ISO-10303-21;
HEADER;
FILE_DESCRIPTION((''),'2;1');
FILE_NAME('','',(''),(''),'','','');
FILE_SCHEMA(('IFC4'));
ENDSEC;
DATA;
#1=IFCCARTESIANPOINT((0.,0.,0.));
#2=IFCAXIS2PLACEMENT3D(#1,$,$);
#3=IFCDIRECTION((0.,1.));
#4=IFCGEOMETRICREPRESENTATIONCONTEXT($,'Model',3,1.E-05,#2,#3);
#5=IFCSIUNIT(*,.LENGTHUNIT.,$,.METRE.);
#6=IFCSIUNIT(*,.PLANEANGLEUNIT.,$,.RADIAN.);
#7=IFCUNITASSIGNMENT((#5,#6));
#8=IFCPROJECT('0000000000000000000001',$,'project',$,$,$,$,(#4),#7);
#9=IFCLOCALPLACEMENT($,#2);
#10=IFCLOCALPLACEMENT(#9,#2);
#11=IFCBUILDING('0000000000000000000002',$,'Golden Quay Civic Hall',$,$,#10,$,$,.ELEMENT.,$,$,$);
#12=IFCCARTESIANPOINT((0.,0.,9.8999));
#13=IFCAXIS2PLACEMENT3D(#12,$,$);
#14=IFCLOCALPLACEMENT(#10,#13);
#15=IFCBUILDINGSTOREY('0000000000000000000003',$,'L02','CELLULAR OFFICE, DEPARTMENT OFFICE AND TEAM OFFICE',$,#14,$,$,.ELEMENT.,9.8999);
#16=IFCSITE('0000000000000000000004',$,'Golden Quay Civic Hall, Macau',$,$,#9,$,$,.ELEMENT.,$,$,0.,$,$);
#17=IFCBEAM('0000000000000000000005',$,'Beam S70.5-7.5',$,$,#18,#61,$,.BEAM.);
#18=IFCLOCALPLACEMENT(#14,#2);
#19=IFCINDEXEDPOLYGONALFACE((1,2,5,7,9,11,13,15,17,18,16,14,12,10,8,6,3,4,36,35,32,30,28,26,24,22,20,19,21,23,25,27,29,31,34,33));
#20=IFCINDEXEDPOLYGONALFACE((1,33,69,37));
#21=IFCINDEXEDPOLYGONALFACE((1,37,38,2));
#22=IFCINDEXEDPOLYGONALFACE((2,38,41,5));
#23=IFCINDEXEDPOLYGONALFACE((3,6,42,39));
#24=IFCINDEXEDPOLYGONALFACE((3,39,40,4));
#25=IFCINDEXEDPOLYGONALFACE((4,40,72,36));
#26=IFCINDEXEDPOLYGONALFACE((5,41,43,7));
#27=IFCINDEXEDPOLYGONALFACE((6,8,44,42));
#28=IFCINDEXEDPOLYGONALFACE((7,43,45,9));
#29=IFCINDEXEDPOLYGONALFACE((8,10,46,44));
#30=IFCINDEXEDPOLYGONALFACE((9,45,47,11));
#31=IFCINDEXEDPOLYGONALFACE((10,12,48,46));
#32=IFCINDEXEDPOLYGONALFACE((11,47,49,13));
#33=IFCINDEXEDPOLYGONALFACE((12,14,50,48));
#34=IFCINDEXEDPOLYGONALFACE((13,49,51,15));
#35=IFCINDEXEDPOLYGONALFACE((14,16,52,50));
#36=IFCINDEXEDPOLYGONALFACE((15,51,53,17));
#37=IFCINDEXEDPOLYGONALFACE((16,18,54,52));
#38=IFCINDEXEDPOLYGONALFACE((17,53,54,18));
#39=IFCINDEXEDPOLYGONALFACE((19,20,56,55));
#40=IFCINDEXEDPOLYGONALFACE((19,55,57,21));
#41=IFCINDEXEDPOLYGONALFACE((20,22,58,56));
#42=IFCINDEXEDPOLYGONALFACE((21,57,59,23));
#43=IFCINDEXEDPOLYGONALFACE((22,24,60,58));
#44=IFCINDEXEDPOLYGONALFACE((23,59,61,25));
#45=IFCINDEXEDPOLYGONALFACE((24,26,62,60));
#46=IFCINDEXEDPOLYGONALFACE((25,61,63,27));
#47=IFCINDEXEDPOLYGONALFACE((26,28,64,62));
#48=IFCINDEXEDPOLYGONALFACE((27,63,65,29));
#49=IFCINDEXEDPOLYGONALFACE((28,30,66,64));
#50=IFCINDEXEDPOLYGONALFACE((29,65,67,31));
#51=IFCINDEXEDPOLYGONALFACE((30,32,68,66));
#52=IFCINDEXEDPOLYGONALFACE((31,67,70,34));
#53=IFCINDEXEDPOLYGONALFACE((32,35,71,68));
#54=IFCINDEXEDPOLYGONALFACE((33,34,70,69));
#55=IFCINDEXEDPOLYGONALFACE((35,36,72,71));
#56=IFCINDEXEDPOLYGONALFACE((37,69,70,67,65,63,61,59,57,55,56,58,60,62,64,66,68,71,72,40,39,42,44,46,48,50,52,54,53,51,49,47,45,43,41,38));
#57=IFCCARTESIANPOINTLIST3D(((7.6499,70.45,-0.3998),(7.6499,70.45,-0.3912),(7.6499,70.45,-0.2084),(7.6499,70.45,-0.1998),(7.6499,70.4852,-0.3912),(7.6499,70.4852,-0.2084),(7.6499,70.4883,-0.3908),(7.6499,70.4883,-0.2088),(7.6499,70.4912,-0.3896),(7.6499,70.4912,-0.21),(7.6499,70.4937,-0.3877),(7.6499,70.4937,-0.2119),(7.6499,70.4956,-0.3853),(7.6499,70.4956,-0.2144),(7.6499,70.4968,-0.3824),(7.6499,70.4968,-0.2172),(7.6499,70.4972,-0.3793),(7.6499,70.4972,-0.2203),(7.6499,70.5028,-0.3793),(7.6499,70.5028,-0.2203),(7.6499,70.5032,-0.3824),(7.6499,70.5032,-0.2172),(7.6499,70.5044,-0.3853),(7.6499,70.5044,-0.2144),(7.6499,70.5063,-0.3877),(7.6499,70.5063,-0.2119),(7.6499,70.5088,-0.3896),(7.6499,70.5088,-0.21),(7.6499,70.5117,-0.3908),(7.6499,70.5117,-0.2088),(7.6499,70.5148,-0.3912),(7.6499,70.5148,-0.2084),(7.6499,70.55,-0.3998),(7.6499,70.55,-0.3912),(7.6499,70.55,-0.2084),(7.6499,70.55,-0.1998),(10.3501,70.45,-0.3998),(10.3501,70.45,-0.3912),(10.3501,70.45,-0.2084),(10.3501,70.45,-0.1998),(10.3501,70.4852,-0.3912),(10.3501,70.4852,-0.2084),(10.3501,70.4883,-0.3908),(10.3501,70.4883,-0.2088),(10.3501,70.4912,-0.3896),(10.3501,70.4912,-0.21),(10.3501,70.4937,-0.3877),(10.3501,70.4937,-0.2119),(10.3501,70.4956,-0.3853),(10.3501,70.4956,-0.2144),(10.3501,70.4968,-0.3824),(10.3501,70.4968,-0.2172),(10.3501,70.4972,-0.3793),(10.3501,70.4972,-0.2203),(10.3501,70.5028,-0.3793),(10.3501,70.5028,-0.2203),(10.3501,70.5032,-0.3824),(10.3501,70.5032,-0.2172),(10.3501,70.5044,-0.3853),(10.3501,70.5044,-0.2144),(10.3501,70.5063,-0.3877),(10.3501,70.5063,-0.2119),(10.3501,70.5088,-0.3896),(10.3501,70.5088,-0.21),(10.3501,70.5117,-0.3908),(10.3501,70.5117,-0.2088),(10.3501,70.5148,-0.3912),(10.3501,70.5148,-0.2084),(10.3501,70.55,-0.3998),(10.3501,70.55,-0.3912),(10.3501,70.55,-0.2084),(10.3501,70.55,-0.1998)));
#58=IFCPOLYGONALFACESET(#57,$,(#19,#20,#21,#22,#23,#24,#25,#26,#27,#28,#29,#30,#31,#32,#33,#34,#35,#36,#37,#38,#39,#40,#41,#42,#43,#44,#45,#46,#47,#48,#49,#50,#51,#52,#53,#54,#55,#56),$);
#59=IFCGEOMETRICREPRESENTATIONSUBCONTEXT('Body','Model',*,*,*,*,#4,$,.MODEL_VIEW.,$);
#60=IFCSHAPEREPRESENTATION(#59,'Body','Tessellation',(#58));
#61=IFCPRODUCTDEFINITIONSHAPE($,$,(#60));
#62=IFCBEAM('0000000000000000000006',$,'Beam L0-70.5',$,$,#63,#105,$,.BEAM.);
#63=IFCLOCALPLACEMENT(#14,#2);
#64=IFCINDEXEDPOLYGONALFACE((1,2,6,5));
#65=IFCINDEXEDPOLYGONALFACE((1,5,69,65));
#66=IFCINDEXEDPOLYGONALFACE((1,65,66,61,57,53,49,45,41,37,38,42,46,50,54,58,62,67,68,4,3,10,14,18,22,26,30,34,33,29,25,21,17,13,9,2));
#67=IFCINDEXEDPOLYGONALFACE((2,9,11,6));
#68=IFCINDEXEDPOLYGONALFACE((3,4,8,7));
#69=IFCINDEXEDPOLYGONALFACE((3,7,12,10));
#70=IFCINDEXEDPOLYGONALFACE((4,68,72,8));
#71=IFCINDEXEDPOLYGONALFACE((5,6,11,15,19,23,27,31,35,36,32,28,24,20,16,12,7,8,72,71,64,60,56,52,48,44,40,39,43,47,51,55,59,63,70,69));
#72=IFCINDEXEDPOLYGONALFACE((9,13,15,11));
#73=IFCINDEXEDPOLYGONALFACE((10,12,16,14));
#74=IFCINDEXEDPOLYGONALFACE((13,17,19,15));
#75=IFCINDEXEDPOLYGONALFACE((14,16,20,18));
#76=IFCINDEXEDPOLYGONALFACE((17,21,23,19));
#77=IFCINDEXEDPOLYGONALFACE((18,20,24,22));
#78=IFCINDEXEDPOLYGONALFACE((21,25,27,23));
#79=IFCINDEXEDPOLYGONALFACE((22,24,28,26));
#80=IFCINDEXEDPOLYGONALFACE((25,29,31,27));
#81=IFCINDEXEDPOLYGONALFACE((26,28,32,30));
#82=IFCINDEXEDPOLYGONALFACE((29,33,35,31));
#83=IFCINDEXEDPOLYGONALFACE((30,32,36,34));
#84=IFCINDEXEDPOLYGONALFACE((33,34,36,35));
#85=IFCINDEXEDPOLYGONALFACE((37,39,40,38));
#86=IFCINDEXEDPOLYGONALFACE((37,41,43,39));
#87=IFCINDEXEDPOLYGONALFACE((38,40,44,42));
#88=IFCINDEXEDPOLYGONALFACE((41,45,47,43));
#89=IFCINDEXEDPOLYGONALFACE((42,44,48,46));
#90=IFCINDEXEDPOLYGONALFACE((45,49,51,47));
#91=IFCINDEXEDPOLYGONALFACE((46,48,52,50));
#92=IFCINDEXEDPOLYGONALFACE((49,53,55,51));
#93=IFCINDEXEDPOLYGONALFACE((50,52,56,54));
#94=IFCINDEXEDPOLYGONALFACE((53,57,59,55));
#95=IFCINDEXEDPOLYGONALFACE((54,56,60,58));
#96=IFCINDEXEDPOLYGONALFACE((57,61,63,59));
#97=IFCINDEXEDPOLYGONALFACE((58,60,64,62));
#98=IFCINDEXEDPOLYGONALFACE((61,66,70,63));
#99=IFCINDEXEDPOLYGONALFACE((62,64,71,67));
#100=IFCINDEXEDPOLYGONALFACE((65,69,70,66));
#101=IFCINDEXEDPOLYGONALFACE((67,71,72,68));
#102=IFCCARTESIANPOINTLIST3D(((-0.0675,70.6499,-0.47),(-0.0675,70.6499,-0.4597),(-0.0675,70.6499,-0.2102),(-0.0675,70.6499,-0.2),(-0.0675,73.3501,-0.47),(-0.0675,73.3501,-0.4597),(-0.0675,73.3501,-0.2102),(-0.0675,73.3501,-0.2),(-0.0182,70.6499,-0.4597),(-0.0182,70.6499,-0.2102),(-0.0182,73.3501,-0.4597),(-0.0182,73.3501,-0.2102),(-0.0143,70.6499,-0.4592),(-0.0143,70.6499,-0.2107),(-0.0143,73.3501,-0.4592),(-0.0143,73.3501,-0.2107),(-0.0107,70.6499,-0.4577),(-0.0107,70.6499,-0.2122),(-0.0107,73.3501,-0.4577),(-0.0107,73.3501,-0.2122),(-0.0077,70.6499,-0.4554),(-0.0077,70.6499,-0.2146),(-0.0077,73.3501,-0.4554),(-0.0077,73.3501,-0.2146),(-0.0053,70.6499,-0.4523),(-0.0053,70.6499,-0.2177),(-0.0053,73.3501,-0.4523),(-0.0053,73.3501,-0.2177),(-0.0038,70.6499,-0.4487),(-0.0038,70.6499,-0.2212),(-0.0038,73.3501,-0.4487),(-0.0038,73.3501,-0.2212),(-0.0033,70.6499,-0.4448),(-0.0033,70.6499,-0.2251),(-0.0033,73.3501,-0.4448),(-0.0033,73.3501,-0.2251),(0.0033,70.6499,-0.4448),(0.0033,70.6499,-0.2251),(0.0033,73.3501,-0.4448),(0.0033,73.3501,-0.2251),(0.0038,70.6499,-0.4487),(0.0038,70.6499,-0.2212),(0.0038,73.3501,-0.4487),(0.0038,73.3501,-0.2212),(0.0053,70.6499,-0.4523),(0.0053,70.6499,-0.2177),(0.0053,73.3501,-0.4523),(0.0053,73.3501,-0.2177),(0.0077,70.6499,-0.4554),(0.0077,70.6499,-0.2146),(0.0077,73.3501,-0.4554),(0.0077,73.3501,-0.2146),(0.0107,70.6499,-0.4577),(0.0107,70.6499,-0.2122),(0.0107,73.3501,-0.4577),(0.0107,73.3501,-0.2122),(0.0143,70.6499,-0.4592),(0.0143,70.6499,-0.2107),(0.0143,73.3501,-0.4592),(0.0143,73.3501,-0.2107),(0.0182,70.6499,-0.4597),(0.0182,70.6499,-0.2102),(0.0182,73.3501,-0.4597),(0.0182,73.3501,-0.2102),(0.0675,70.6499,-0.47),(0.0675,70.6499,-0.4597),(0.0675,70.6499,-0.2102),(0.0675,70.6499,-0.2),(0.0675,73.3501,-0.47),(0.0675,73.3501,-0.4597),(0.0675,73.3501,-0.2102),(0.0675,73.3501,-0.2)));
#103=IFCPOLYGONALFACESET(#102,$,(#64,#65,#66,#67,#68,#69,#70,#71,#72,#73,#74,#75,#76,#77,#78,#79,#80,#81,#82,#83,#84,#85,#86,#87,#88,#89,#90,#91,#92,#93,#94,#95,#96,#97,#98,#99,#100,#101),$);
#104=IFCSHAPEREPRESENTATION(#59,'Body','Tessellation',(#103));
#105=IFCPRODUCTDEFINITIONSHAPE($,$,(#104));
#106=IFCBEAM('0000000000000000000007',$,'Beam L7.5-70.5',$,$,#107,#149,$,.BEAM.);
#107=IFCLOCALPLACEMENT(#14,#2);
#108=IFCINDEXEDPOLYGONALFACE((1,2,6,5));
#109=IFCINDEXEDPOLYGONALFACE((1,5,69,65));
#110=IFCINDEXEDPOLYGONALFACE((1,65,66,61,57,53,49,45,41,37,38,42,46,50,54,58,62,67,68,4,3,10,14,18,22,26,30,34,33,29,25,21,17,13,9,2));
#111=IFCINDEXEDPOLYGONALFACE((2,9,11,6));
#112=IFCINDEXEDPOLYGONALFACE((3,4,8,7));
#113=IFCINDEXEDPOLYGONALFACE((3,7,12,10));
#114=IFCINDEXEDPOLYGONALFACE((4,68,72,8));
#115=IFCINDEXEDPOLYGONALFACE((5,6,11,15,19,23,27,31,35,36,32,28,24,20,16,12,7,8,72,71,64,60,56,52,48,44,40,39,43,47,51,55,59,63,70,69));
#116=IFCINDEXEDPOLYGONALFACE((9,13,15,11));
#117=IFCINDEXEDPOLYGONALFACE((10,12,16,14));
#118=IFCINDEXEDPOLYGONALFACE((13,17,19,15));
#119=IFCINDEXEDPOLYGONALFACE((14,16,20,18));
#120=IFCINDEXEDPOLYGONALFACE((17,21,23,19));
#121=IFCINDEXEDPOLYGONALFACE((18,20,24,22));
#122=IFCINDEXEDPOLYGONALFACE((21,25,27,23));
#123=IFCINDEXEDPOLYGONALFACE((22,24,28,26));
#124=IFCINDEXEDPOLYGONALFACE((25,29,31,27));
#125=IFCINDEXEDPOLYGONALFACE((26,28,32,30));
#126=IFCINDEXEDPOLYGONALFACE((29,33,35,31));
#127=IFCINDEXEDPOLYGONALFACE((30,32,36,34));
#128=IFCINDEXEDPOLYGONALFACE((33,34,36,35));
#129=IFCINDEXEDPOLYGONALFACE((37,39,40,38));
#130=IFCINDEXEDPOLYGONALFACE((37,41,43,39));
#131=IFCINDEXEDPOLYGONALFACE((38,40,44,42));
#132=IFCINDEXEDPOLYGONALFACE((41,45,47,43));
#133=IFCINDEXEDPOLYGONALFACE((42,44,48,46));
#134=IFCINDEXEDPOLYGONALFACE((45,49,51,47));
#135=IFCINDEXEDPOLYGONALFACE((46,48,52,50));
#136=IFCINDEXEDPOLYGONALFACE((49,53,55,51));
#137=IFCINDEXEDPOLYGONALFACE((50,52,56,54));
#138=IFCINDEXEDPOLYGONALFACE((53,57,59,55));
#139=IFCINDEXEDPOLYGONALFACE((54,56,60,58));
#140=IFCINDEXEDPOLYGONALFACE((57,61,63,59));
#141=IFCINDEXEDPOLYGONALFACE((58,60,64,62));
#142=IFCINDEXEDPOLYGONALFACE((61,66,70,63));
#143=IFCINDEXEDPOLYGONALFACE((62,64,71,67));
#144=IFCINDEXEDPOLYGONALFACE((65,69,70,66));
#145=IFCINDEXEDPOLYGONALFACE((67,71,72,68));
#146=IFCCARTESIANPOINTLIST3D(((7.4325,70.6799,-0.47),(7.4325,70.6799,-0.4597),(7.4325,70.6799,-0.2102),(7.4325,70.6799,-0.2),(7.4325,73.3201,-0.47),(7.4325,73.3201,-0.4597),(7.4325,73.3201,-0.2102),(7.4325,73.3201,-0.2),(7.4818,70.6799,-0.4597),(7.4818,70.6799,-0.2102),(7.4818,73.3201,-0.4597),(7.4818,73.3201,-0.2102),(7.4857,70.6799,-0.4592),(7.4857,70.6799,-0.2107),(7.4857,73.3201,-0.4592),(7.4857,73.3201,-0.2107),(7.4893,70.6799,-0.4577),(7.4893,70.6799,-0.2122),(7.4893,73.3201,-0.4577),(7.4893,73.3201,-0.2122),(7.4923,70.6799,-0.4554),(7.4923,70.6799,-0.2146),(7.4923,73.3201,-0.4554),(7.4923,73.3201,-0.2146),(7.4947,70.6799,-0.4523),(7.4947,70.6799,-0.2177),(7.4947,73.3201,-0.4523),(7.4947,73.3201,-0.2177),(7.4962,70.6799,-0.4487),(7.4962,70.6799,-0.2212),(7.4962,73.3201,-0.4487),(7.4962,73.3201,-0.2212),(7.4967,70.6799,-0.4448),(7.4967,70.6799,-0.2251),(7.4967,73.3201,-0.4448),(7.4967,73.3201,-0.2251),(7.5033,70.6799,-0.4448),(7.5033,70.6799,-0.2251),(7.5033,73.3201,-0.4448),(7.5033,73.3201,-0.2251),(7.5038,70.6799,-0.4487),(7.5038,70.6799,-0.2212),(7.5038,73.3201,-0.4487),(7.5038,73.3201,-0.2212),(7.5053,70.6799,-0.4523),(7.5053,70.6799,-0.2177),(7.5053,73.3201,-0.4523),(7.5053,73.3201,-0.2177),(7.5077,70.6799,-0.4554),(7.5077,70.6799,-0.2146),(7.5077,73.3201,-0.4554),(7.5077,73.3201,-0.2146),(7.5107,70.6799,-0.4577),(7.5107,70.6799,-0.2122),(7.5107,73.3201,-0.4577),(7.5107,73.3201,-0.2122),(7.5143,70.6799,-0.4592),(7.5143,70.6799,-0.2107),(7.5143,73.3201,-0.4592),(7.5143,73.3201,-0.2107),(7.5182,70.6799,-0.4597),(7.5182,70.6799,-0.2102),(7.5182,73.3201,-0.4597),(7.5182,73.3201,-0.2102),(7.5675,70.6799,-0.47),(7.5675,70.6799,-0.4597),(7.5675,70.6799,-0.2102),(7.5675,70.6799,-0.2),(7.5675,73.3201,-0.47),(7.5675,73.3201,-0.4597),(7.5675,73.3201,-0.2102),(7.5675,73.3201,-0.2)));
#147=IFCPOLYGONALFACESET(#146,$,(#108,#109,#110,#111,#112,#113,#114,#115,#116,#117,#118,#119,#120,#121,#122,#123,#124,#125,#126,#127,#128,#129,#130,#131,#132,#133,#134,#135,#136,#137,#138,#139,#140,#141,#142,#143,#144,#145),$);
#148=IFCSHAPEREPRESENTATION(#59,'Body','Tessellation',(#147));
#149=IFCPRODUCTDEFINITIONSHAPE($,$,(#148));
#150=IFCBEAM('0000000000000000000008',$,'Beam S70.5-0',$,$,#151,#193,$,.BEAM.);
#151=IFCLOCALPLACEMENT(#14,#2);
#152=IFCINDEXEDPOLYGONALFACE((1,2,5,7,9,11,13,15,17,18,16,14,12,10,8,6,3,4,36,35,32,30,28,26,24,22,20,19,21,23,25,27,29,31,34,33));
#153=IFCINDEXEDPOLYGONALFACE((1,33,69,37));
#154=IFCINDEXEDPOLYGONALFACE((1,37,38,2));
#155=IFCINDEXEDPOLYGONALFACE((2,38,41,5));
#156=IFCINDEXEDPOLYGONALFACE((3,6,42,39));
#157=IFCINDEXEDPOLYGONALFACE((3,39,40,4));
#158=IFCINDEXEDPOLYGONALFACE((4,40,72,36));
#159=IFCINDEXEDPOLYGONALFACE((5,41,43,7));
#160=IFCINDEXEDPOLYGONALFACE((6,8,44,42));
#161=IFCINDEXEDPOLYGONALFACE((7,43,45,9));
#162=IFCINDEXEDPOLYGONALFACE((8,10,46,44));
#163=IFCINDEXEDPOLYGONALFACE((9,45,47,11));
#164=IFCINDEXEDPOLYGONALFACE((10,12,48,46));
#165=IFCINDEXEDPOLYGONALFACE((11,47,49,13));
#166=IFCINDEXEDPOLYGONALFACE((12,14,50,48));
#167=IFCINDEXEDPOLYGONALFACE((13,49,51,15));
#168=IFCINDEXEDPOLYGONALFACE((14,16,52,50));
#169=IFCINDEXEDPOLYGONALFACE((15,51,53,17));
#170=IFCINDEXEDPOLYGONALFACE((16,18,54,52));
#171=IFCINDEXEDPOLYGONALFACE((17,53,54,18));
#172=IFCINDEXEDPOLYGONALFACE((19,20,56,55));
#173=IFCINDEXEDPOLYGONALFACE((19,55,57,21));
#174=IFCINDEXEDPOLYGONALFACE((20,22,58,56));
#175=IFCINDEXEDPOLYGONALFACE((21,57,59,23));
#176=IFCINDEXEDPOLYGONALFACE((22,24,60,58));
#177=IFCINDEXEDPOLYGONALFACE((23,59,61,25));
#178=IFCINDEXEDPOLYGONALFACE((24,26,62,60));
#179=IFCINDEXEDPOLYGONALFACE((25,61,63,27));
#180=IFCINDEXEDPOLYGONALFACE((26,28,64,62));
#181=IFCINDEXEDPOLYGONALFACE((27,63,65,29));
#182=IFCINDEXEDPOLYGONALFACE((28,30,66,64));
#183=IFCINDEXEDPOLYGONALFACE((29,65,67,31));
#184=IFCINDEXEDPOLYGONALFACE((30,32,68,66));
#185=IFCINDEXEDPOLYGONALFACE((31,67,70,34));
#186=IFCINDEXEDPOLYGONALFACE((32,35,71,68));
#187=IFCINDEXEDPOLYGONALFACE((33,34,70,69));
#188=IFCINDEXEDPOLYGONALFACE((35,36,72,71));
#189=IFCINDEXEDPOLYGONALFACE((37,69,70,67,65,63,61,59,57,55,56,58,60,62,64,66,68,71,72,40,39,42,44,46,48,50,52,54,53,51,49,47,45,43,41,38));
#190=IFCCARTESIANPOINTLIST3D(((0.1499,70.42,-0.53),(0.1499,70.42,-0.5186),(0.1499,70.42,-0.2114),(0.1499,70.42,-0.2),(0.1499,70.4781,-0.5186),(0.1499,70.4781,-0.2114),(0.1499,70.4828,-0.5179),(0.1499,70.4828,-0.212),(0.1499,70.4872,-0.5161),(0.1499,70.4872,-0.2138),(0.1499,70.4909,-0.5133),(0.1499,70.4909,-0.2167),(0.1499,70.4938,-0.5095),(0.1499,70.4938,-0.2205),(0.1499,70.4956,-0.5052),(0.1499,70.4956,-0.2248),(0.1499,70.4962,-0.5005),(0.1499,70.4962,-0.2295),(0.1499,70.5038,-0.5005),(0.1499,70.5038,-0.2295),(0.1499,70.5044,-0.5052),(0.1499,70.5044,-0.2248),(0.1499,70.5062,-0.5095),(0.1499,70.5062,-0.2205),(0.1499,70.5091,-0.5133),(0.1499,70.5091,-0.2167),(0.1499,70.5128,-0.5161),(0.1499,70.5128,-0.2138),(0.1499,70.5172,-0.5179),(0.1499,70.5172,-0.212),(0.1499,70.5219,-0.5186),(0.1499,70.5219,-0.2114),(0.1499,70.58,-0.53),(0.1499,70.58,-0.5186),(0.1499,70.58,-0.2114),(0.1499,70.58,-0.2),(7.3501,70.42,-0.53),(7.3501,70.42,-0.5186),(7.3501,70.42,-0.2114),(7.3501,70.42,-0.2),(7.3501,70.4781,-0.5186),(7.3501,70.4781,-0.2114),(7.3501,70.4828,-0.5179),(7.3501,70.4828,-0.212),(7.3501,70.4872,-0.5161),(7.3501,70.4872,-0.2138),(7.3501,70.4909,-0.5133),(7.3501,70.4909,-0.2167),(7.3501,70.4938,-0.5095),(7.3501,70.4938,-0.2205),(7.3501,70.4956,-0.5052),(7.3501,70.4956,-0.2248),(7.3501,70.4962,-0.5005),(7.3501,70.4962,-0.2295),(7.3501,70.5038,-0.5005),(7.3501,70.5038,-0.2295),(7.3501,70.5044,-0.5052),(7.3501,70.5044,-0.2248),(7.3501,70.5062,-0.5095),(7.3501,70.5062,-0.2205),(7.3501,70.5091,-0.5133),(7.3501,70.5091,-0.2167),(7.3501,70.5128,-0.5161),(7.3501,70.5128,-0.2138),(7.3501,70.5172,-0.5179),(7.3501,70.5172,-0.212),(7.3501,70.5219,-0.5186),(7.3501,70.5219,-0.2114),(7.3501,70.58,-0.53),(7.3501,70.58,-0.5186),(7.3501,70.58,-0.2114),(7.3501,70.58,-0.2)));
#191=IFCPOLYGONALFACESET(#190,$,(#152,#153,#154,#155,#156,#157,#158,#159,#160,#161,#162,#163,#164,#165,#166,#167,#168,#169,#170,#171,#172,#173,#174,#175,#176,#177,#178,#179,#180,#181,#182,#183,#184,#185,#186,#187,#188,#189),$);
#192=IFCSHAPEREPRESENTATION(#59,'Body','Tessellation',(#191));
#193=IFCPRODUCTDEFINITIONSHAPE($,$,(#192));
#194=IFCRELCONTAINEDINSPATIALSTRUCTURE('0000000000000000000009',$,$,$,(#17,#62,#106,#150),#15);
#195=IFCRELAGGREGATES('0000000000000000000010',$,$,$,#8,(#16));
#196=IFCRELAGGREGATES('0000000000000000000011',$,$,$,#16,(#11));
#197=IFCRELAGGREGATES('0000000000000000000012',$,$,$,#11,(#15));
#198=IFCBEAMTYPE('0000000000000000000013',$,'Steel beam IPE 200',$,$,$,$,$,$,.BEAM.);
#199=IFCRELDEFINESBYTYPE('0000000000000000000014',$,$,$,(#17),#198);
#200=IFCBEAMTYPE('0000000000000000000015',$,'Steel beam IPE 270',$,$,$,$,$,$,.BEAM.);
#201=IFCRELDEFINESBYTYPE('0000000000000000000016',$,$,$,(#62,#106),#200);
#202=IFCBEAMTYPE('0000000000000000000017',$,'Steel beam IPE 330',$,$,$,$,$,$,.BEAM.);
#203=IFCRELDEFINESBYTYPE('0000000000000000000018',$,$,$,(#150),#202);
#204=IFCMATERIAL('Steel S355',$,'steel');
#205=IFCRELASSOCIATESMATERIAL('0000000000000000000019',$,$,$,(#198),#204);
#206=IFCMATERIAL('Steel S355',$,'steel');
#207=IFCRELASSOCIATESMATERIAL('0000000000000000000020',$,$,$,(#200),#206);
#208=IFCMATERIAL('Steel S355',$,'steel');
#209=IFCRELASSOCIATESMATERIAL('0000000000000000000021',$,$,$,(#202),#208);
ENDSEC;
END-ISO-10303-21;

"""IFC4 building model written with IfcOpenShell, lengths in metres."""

from ifc_helpers import new_model, si_unit, direction, frame, origin, origin_2d, place, context, subcontext, project, spatial, i_section, extrude, material, material_profile, profile_set, type_object, element, save


model = new_model("IFC4")

# Units and contexts
model_context = context("Model", 3, precision=1e-05, world=origin(), true_north=direction((0.0, 1.0)))
body_context = subcontext(model_context, "Body", "Model", "MODEL_VIEW")
ifc_project = project(units=[si_unit("LENGTHUNIT", "METRE"), si_unit("PLANEANGLEUNIT", "RADIAN")], contexts=[model_context])

# Site, building, storey
site_placement = place(None, origin())
site = spatial("IfcSite", under=ifc_project, at=site_placement, Name="Golden Quay Civic Hall, Macau", CompositionType="ELEMENT", RefElevation=0.0)
building_placement = place(site_placement, origin())
building = spatial("IfcBuilding", under=site, at=building_placement, Name="Golden Quay Civic Hall", CompositionType="ELEMENT")
storey_placement = place(building_placement, frame((0.0, 0.0, 9.8999)))
storey = spatial("IfcBuildingStorey", under=building, at=storey_placement, Name="L02", Description="CELLULAR OFFICE, DEPARTMENT OFFICE AND TEAM OFFICE", CompositionType="ELEMENT", Elevation=9.8999)

# Beams
ifc_material_1 = material(Name="Steel S355", Category="steel")
ifc_material_profile_1 = material_profile(ifc_material_1, i_section(OverallWidth=0.1001, OverallDepth=0.2, WebThickness=0.0056, FlangeThickness=0.0085, FilletRadius=0.012, at=origin_2d()), Name="IPE 200")
ifc_profile_set_1 = profile_set([ifc_material_profile_1], Name="Steel S355")
beam_type_1 = type_object("IfcBeamType", Name="Steel beam IPE 200", PredefinedType="BEAM", material=ifc_profile_set_1)
beam_1_placement = place(storey_placement, frame((7.6499, 70.5, -0.2998), z_axis=(1.0, 0.0, 0.0), x_axis=(0.0, 1.0, 0.0)))
element("IfcBeam", 1, at=beam_1_placement, inside=storey, type_object=beam_type_1, Name="Beam S70.5-7.5", PredefinedType="BEAM", context=body_context, shape_type="SweptSolid", body=[
    extrude(i_section(OverallWidth=0.1001, OverallDepth=0.2, WebThickness=0.0056, FlangeThickness=0.0085, FilletRadius=0.012, at=origin_2d()), origin(), (0.0, 0.0, 1.0), 2.7002),
])
ifc_material_2 = material(Name="Steel S355", Category="steel")
ifc_material_profile_2 = material_profile(ifc_material_2, i_section(OverallWidth=0.135, OverallDepth=0.27, WebThickness=0.0066, FlangeThickness=0.0103, FilletRadius=0.0149, at=origin_2d()), Name="IPE 270")
ifc_profile_set_2 = profile_set([ifc_material_profile_2], Name="Steel S355")
beam_type_2 = type_object("IfcBeamType", Name="Steel beam IPE 270", PredefinedType="BEAM", material=ifc_profile_set_2)
beam_2_placement = place(storey_placement, frame((0.0, 70.6499, -0.335), z_axis=(0.0, 1.0, 0.0), x_axis=(-1.0, 0.0, 0.0)))
element("IfcBeam", 2, at=beam_2_placement, inside=storey, type_object=beam_type_2, Name="Beam L0-70.5", PredefinedType="BEAM", context=body_context, shape_type="SweptSolid", body=[
    extrude(i_section(OverallWidth=0.135, OverallDepth=0.27, WebThickness=0.0066, FlangeThickness=0.0103, FilletRadius=0.0149, at=origin_2d()), origin(), (0.0, 0.0, 1.0), 2.7002),
])
beam_3_placement = place(storey_placement, frame((7.5, 70.6799, -0.335), z_axis=(0.0, 1.0, 0.0), x_axis=(-1.0, 0.0, 0.0)))
element("IfcBeam", 3, at=beam_3_placement, inside=storey, type_object=beam_type_2, Name="Beam L7.5-70.5", PredefinedType="BEAM", context=body_context, shape_type="SweptSolid", body=[
    extrude(i_section(OverallWidth=0.135, OverallDepth=0.27, WebThickness=0.0066, FlangeThickness=0.0103, FilletRadius=0.0149, at=origin_2d()), origin(), (0.0, 0.0, 1.0), 2.6401),
])
ifc_material_3 = material(Name="Steel S355", Category="steel")
ifc_material_profile_3 = material_profile(ifc_material_3, i_section(OverallWidth=0.1599, OverallDepth=0.3301, WebThickness=0.0076, FlangeThickness=0.0115, FilletRadius=0.0181, at=origin_2d()), Name="IPE 330")
ifc_profile_set_3 = profile_set([ifc_material_profile_3], Name="Steel S355")
beam_type_3 = type_object("IfcBeamType", Name="Steel beam IPE 330", PredefinedType="BEAM", material=ifc_profile_set_3)
for number, where, z_axis, x_axis, name in (
    (4, (0.1499, 70.5, -0.365), (1.0, 0.0, 0.0), (0.0, 1.0, 0.0), "Beam S70.5-0"),
):
    element("IfcBeam", number, at=place(storey_placement, frame(where, z_axis=z_axis, x_axis=x_axis)), inside=storey, type_object=beam_type_3, Name=name, PredefinedType="BEAM", context=body_context, shape_type="SweptSolid", body=[
        extrude(i_section(OverallWidth=0.1599, OverallDepth=0.3301, WebThickness=0.0076, FlangeThickness=0.0115, FilletRadius=0.0181, at=origin_2d()), origin(), (0.0, 0.0, 1.0), 7.2002),
    ])

save(model, "model.ifc")
